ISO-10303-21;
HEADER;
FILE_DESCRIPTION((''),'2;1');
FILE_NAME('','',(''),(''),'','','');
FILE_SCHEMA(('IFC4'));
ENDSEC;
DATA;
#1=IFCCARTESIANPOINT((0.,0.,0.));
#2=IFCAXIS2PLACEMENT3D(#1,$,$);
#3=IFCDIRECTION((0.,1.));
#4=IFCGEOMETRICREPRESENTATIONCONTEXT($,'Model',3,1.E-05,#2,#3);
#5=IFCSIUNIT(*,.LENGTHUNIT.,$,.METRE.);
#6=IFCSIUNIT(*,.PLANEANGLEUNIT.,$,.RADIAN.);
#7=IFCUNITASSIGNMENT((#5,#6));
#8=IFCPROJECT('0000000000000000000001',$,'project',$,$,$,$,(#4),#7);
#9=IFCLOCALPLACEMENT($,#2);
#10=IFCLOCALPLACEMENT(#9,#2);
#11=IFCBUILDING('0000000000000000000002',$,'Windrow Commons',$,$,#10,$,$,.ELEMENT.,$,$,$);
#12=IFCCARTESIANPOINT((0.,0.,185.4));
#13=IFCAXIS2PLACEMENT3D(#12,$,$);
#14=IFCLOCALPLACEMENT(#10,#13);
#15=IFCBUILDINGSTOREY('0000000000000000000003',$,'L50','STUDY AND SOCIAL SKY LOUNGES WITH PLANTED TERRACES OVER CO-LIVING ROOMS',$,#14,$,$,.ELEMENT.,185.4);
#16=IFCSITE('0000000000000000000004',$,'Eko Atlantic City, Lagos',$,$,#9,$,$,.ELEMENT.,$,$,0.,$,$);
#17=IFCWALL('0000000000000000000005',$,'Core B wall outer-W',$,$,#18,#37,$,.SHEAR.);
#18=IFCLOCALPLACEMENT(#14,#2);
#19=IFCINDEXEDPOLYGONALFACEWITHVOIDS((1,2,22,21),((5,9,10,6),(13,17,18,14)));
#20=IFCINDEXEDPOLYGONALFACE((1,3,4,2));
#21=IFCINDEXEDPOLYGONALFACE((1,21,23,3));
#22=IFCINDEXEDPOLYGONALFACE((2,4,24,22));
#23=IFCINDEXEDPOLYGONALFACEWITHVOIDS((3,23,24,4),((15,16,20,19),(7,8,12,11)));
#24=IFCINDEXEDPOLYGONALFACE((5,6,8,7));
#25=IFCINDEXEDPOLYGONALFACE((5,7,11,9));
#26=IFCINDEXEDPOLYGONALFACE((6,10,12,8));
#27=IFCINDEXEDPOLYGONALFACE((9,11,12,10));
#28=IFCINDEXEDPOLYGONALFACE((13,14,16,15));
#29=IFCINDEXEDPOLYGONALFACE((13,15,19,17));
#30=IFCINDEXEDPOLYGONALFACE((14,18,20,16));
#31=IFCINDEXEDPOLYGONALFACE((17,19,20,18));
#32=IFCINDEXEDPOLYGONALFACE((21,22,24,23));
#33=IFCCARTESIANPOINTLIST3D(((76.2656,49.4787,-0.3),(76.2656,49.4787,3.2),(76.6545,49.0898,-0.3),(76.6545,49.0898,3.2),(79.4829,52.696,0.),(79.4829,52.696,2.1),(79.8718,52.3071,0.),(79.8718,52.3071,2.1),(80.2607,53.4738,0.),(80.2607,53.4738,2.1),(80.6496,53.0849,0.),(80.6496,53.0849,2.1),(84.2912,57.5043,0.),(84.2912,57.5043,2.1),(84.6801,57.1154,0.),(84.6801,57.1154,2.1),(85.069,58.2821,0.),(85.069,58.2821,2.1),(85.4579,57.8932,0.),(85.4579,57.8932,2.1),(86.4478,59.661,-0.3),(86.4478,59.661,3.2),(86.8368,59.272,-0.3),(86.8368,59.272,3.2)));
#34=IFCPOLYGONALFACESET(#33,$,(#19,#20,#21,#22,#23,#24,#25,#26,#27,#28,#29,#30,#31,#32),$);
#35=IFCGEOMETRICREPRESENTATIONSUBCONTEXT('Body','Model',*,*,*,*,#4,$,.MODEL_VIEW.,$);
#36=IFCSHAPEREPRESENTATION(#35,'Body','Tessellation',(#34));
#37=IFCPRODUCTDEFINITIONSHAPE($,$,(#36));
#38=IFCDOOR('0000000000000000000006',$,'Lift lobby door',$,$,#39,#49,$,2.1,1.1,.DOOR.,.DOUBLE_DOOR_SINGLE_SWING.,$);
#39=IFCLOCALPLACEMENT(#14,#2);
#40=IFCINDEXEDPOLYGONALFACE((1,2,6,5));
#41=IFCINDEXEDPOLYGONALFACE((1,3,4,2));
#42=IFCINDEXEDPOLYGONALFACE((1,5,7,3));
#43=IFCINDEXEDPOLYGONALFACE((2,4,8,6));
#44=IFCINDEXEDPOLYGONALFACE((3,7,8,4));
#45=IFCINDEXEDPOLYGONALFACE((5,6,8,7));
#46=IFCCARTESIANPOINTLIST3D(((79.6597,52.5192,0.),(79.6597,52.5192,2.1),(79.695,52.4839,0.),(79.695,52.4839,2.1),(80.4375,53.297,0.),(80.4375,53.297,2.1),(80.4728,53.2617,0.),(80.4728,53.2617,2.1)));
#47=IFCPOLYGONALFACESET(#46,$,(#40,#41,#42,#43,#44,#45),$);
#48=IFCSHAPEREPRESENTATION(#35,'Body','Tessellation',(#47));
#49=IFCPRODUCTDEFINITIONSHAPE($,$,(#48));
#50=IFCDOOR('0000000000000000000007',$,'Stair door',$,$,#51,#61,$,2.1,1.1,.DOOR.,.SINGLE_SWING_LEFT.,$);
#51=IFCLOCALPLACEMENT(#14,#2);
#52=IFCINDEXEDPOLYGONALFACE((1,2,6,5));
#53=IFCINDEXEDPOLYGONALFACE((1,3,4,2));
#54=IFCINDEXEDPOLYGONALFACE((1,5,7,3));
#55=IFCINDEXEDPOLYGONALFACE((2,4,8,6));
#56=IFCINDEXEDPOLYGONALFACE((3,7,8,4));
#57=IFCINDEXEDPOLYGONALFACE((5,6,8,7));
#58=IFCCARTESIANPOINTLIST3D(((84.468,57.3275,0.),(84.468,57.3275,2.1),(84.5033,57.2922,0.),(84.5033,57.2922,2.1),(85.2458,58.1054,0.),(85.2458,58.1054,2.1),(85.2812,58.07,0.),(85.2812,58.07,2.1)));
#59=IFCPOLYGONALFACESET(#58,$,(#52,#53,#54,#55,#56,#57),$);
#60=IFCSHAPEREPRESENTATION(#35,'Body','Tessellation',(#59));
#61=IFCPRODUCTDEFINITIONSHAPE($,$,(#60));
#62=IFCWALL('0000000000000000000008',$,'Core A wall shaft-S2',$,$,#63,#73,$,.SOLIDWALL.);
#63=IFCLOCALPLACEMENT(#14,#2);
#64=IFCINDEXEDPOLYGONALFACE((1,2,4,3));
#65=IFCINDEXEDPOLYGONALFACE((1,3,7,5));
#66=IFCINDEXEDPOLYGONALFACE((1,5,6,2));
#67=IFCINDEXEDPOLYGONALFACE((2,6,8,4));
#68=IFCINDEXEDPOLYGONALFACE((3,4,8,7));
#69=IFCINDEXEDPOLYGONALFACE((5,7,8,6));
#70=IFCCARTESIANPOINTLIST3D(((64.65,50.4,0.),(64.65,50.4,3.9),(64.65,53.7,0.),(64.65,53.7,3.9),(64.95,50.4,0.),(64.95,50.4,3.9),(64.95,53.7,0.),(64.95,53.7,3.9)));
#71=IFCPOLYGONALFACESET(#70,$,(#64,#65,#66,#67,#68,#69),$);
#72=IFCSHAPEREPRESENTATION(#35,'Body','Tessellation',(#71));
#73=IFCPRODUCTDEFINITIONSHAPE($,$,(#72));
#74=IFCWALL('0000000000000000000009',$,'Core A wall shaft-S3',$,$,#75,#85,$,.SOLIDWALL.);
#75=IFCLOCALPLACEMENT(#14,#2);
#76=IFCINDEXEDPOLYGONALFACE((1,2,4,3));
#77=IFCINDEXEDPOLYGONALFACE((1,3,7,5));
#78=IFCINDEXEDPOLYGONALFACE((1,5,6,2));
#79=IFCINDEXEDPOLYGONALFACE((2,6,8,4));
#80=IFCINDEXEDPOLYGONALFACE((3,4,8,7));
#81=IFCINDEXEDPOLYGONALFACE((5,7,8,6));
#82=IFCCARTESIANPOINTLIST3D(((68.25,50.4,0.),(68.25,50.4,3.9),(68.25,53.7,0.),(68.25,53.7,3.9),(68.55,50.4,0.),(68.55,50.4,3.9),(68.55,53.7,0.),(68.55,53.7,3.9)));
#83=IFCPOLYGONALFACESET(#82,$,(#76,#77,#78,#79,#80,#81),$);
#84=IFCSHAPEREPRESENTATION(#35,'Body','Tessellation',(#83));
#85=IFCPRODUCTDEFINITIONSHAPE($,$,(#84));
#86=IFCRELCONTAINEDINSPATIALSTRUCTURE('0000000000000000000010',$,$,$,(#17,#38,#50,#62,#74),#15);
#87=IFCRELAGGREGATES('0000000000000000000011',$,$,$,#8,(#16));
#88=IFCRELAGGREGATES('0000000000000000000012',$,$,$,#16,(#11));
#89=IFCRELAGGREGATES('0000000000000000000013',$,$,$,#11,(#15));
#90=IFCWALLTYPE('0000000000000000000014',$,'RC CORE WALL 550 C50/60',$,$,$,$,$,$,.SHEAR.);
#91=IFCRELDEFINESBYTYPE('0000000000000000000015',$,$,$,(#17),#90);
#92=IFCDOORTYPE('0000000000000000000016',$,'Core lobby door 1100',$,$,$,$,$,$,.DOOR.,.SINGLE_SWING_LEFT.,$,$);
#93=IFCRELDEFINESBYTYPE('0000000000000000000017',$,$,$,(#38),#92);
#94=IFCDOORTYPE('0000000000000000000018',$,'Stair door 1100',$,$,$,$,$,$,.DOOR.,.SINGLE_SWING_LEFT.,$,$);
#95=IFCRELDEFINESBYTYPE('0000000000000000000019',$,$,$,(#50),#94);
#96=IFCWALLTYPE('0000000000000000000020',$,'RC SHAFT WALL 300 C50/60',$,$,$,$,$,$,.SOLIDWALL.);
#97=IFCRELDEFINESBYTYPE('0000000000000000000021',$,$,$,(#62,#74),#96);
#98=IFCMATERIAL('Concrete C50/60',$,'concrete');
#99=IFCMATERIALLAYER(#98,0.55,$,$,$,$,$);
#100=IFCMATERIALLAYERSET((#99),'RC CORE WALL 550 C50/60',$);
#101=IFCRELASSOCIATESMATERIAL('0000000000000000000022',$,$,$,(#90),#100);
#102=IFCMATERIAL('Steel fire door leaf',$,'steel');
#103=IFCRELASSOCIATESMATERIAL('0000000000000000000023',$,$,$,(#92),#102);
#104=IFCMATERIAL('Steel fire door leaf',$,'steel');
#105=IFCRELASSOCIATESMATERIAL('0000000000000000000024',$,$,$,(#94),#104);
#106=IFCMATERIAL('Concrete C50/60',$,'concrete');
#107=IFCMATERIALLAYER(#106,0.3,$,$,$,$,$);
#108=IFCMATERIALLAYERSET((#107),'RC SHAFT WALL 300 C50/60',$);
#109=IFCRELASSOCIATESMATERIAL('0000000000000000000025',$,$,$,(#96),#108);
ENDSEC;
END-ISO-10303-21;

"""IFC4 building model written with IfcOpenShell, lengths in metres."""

from ifc_helpers import new_model, si_unit, direction, frame, frame_2d, origin, place, context, subcontext, project, spatial, rectangle, extrude, material, layer, layer_set, type_object, element, fill, save


model = new_model("IFC4")

# Units and contexts
model_context = context("Model", 3, precision=1e-05, world=origin(), true_north=direction((0.0, 1.0)))
body_context = subcontext(model_context, "Body", "Model", "MODEL_VIEW")
ifc_project = project(units=[si_unit("LENGTHUNIT", "METRE"), si_unit("PLANEANGLEUNIT", "RADIAN")], contexts=[model_context])

# Site, building, storey
site_placement = place(None, origin())
site = spatial("IfcSite", under=ifc_project, at=site_placement, Name="Eko Atlantic City, Lagos", CompositionType="ELEMENT", RefElevation=0.0)
building_placement = place(site_placement, origin())
building = spatial("IfcBuilding", under=site, at=building_placement, Name="Windrow Commons", CompositionType="ELEMENT")
storey_placement = place(building_placement, frame((0.0, 0.0, 185.4)))
storey = spatial("IfcBuildingStorey", under=building, at=storey_placement, Name="L50", Description="STUDY AND SOCIAL SKY LOUNGES WITH PLANTED TERRACES OVER CO-LIVING ROOMS", CompositionType="ELEMENT", Elevation=185.4)

# Shared definitions
ifc_material_1 = material(Name="Concrete C50/60", Category="concrete")
ifc_layer_1 = layer(ifc_material_1, 0.55)
ifc_layer_set_1 = layer_set([ifc_layer_1], Name="RC CORE WALL 550 C50/60")
wall_type_1 = type_object("IfcWallType", Name="RC CORE WALL 550 C50/60", PredefinedType="SHEAR", material=ifc_layer_set_1)
ifc_material_2 = material(Name="Steel fire door leaf", Category="steel")
door_type_1 = type_object("IfcDoorType", Name="Core lobby door 1100", OperationType="SINGLE_SWING_LEFT", PredefinedType="DOOR", material=ifc_material_2)
ifc_material_3 = material(Name="Steel fire door leaf", Category="steel")
door_type_2 = type_object("IfcDoorType", Name="Stair door 1100", OperationType="SINGLE_SWING_LEFT", PredefinedType="DOOR", material=ifc_material_3)

# Wall, openings, doors
wall_1_placement = place(storey_placement, frame((76.46, 49.2842, -0.3), z_axis=(0.0, 0.0, 1.0), x_axis=(0.707107, 0.707107, 0.0)))
wall_1 = element("IfcWall", 1, at=wall_1_placement, inside=storey, type_object=wall_type_1, Name="Core B wall outer-W", PredefinedType="SHEAR", context=body_context, shape_type="SweptSolid", body=[
    extrude(rectangle(XDim=14.3999, YDim=0.55, at=frame_2d((7.2, 0.0))), origin(), (0.0, 0.0, 1.0), 3.5),
])
opening_1_placement = place(wall_1_placement, frame((4.55, 0.0, 0.3)))
opening_1 = element("IfcOpeningElement", 2, at=opening_1_placement, cuts=wall_1, PredefinedType="OPENING", context=body_context, shape_type="SweptSolid", body=[
    extrude(rectangle(XDim=1.1, YDim=2.1, at=frame_2d((0.55, 1.05))), frame((0.0, 0.285, 0.0), z_axis=(0.0, -1.0, 0.0), x_axis=(1.0, 0.0, 0.0)), (0.0, 0.0, 1.0), 0.57),
])
opening_2_placement = place(wall_1_placement, frame((11.35, 0.0, 0.3)))
opening_2 = element("IfcOpeningElement", 3, at=opening_2_placement, cuts=wall_1, PredefinedType="OPENING", context=body_context, shape_type="SweptSolid", body=[
    extrude(rectangle(XDim=1.1, YDim=2.1, at=frame_2d((0.55, 1.05))), frame((0.0, 0.285, 0.0), z_axis=(0.0, -1.0, 0.0), x_axis=(1.0, 0.0, 0.0)), (0.0, 0.0, 1.0), 0.57),
])
door_1_placement = place(opening_1_placement, origin())
door_1 = element("IfcDoor", 4, at=door_1_placement, inside=storey, type_object=door_type_1, Name="Lift lobby door", OperationType="DOUBLE_DOOR_SINGLE_SWING", OverallHeight=2.1, OverallWidth=1.1, PredefinedType="DOOR", context=body_context, shape_type="SweptSolid", body=[
    extrude(rectangle(XDim=1.1, YDim=2.1, at=frame_2d((0.55, 1.05))), frame((0.0, 0.025, 0.0), z_axis=(0.0, -1.0, 0.0), x_axis=(1.0, 0.0, 0.0)), (0.0, 0.0, 1.0), 0.05),
])
fill(opening_1, door_1)
door_2_placement = place(opening_2_placement, origin())
door_2 = element("IfcDoor", 5, at=door_2_placement, inside=storey, type_object=door_type_2, Name="Stair door", OperationType="SINGLE_SWING_LEFT", OverallHeight=2.1, OverallWidth=1.1, PredefinedType="DOOR", context=body_context, shape_type="SweptSolid", body=[
    extrude(rectangle(XDim=1.1, YDim=2.1, at=frame_2d((0.55, 1.05))), frame((0.0, 0.025, 0.0), z_axis=(0.0, -1.0, 0.0), x_axis=(1.0, 0.0, 0.0)), (0.0, 0.0, 1.0), 0.05),
])
fill(opening_2, door_2)

# Walls
ifc_material_4 = material(Name="Concrete C50/60", Category="concrete")
ifc_layer_2 = layer(ifc_material_4, 0.3)
ifc_layer_set_2 = layer_set([ifc_layer_2], Name="RC SHAFT WALL 300 C50/60")
wall_type_2 = type_object("IfcWallType", Name="RC SHAFT WALL 300 C50/60", PredefinedType="SOLIDWALL", material=ifc_layer_set_2)
for number, where, z_axis, x_axis, name in (
    (6, (64.8, 50.4, 0.0), (0.0, 0.0, 1.0), (0.0, 1.0, 0.0), "Core A wall shaft-S2"),
    (7, (68.4, 50.4, 0.0), (0.0, 0.0, 1.0), (0.0, 1.0, 0.0), "Core A wall shaft-S3"),
):
    element("IfcWall", number, at=place(storey_placement, frame(where, z_axis=z_axis, x_axis=x_axis)), inside=storey, type_object=wall_type_2, Name=name, PredefinedType="SOLIDWALL", context=body_context, shape_type="SweptSolid", body=[
        extrude(rectangle(XDim=3.3, YDim=0.3, at=frame_2d((1.65, 0.0))), origin(), (0.0, 0.0, 1.0), 3.9),
    ])

save(model, "model.ifc")
